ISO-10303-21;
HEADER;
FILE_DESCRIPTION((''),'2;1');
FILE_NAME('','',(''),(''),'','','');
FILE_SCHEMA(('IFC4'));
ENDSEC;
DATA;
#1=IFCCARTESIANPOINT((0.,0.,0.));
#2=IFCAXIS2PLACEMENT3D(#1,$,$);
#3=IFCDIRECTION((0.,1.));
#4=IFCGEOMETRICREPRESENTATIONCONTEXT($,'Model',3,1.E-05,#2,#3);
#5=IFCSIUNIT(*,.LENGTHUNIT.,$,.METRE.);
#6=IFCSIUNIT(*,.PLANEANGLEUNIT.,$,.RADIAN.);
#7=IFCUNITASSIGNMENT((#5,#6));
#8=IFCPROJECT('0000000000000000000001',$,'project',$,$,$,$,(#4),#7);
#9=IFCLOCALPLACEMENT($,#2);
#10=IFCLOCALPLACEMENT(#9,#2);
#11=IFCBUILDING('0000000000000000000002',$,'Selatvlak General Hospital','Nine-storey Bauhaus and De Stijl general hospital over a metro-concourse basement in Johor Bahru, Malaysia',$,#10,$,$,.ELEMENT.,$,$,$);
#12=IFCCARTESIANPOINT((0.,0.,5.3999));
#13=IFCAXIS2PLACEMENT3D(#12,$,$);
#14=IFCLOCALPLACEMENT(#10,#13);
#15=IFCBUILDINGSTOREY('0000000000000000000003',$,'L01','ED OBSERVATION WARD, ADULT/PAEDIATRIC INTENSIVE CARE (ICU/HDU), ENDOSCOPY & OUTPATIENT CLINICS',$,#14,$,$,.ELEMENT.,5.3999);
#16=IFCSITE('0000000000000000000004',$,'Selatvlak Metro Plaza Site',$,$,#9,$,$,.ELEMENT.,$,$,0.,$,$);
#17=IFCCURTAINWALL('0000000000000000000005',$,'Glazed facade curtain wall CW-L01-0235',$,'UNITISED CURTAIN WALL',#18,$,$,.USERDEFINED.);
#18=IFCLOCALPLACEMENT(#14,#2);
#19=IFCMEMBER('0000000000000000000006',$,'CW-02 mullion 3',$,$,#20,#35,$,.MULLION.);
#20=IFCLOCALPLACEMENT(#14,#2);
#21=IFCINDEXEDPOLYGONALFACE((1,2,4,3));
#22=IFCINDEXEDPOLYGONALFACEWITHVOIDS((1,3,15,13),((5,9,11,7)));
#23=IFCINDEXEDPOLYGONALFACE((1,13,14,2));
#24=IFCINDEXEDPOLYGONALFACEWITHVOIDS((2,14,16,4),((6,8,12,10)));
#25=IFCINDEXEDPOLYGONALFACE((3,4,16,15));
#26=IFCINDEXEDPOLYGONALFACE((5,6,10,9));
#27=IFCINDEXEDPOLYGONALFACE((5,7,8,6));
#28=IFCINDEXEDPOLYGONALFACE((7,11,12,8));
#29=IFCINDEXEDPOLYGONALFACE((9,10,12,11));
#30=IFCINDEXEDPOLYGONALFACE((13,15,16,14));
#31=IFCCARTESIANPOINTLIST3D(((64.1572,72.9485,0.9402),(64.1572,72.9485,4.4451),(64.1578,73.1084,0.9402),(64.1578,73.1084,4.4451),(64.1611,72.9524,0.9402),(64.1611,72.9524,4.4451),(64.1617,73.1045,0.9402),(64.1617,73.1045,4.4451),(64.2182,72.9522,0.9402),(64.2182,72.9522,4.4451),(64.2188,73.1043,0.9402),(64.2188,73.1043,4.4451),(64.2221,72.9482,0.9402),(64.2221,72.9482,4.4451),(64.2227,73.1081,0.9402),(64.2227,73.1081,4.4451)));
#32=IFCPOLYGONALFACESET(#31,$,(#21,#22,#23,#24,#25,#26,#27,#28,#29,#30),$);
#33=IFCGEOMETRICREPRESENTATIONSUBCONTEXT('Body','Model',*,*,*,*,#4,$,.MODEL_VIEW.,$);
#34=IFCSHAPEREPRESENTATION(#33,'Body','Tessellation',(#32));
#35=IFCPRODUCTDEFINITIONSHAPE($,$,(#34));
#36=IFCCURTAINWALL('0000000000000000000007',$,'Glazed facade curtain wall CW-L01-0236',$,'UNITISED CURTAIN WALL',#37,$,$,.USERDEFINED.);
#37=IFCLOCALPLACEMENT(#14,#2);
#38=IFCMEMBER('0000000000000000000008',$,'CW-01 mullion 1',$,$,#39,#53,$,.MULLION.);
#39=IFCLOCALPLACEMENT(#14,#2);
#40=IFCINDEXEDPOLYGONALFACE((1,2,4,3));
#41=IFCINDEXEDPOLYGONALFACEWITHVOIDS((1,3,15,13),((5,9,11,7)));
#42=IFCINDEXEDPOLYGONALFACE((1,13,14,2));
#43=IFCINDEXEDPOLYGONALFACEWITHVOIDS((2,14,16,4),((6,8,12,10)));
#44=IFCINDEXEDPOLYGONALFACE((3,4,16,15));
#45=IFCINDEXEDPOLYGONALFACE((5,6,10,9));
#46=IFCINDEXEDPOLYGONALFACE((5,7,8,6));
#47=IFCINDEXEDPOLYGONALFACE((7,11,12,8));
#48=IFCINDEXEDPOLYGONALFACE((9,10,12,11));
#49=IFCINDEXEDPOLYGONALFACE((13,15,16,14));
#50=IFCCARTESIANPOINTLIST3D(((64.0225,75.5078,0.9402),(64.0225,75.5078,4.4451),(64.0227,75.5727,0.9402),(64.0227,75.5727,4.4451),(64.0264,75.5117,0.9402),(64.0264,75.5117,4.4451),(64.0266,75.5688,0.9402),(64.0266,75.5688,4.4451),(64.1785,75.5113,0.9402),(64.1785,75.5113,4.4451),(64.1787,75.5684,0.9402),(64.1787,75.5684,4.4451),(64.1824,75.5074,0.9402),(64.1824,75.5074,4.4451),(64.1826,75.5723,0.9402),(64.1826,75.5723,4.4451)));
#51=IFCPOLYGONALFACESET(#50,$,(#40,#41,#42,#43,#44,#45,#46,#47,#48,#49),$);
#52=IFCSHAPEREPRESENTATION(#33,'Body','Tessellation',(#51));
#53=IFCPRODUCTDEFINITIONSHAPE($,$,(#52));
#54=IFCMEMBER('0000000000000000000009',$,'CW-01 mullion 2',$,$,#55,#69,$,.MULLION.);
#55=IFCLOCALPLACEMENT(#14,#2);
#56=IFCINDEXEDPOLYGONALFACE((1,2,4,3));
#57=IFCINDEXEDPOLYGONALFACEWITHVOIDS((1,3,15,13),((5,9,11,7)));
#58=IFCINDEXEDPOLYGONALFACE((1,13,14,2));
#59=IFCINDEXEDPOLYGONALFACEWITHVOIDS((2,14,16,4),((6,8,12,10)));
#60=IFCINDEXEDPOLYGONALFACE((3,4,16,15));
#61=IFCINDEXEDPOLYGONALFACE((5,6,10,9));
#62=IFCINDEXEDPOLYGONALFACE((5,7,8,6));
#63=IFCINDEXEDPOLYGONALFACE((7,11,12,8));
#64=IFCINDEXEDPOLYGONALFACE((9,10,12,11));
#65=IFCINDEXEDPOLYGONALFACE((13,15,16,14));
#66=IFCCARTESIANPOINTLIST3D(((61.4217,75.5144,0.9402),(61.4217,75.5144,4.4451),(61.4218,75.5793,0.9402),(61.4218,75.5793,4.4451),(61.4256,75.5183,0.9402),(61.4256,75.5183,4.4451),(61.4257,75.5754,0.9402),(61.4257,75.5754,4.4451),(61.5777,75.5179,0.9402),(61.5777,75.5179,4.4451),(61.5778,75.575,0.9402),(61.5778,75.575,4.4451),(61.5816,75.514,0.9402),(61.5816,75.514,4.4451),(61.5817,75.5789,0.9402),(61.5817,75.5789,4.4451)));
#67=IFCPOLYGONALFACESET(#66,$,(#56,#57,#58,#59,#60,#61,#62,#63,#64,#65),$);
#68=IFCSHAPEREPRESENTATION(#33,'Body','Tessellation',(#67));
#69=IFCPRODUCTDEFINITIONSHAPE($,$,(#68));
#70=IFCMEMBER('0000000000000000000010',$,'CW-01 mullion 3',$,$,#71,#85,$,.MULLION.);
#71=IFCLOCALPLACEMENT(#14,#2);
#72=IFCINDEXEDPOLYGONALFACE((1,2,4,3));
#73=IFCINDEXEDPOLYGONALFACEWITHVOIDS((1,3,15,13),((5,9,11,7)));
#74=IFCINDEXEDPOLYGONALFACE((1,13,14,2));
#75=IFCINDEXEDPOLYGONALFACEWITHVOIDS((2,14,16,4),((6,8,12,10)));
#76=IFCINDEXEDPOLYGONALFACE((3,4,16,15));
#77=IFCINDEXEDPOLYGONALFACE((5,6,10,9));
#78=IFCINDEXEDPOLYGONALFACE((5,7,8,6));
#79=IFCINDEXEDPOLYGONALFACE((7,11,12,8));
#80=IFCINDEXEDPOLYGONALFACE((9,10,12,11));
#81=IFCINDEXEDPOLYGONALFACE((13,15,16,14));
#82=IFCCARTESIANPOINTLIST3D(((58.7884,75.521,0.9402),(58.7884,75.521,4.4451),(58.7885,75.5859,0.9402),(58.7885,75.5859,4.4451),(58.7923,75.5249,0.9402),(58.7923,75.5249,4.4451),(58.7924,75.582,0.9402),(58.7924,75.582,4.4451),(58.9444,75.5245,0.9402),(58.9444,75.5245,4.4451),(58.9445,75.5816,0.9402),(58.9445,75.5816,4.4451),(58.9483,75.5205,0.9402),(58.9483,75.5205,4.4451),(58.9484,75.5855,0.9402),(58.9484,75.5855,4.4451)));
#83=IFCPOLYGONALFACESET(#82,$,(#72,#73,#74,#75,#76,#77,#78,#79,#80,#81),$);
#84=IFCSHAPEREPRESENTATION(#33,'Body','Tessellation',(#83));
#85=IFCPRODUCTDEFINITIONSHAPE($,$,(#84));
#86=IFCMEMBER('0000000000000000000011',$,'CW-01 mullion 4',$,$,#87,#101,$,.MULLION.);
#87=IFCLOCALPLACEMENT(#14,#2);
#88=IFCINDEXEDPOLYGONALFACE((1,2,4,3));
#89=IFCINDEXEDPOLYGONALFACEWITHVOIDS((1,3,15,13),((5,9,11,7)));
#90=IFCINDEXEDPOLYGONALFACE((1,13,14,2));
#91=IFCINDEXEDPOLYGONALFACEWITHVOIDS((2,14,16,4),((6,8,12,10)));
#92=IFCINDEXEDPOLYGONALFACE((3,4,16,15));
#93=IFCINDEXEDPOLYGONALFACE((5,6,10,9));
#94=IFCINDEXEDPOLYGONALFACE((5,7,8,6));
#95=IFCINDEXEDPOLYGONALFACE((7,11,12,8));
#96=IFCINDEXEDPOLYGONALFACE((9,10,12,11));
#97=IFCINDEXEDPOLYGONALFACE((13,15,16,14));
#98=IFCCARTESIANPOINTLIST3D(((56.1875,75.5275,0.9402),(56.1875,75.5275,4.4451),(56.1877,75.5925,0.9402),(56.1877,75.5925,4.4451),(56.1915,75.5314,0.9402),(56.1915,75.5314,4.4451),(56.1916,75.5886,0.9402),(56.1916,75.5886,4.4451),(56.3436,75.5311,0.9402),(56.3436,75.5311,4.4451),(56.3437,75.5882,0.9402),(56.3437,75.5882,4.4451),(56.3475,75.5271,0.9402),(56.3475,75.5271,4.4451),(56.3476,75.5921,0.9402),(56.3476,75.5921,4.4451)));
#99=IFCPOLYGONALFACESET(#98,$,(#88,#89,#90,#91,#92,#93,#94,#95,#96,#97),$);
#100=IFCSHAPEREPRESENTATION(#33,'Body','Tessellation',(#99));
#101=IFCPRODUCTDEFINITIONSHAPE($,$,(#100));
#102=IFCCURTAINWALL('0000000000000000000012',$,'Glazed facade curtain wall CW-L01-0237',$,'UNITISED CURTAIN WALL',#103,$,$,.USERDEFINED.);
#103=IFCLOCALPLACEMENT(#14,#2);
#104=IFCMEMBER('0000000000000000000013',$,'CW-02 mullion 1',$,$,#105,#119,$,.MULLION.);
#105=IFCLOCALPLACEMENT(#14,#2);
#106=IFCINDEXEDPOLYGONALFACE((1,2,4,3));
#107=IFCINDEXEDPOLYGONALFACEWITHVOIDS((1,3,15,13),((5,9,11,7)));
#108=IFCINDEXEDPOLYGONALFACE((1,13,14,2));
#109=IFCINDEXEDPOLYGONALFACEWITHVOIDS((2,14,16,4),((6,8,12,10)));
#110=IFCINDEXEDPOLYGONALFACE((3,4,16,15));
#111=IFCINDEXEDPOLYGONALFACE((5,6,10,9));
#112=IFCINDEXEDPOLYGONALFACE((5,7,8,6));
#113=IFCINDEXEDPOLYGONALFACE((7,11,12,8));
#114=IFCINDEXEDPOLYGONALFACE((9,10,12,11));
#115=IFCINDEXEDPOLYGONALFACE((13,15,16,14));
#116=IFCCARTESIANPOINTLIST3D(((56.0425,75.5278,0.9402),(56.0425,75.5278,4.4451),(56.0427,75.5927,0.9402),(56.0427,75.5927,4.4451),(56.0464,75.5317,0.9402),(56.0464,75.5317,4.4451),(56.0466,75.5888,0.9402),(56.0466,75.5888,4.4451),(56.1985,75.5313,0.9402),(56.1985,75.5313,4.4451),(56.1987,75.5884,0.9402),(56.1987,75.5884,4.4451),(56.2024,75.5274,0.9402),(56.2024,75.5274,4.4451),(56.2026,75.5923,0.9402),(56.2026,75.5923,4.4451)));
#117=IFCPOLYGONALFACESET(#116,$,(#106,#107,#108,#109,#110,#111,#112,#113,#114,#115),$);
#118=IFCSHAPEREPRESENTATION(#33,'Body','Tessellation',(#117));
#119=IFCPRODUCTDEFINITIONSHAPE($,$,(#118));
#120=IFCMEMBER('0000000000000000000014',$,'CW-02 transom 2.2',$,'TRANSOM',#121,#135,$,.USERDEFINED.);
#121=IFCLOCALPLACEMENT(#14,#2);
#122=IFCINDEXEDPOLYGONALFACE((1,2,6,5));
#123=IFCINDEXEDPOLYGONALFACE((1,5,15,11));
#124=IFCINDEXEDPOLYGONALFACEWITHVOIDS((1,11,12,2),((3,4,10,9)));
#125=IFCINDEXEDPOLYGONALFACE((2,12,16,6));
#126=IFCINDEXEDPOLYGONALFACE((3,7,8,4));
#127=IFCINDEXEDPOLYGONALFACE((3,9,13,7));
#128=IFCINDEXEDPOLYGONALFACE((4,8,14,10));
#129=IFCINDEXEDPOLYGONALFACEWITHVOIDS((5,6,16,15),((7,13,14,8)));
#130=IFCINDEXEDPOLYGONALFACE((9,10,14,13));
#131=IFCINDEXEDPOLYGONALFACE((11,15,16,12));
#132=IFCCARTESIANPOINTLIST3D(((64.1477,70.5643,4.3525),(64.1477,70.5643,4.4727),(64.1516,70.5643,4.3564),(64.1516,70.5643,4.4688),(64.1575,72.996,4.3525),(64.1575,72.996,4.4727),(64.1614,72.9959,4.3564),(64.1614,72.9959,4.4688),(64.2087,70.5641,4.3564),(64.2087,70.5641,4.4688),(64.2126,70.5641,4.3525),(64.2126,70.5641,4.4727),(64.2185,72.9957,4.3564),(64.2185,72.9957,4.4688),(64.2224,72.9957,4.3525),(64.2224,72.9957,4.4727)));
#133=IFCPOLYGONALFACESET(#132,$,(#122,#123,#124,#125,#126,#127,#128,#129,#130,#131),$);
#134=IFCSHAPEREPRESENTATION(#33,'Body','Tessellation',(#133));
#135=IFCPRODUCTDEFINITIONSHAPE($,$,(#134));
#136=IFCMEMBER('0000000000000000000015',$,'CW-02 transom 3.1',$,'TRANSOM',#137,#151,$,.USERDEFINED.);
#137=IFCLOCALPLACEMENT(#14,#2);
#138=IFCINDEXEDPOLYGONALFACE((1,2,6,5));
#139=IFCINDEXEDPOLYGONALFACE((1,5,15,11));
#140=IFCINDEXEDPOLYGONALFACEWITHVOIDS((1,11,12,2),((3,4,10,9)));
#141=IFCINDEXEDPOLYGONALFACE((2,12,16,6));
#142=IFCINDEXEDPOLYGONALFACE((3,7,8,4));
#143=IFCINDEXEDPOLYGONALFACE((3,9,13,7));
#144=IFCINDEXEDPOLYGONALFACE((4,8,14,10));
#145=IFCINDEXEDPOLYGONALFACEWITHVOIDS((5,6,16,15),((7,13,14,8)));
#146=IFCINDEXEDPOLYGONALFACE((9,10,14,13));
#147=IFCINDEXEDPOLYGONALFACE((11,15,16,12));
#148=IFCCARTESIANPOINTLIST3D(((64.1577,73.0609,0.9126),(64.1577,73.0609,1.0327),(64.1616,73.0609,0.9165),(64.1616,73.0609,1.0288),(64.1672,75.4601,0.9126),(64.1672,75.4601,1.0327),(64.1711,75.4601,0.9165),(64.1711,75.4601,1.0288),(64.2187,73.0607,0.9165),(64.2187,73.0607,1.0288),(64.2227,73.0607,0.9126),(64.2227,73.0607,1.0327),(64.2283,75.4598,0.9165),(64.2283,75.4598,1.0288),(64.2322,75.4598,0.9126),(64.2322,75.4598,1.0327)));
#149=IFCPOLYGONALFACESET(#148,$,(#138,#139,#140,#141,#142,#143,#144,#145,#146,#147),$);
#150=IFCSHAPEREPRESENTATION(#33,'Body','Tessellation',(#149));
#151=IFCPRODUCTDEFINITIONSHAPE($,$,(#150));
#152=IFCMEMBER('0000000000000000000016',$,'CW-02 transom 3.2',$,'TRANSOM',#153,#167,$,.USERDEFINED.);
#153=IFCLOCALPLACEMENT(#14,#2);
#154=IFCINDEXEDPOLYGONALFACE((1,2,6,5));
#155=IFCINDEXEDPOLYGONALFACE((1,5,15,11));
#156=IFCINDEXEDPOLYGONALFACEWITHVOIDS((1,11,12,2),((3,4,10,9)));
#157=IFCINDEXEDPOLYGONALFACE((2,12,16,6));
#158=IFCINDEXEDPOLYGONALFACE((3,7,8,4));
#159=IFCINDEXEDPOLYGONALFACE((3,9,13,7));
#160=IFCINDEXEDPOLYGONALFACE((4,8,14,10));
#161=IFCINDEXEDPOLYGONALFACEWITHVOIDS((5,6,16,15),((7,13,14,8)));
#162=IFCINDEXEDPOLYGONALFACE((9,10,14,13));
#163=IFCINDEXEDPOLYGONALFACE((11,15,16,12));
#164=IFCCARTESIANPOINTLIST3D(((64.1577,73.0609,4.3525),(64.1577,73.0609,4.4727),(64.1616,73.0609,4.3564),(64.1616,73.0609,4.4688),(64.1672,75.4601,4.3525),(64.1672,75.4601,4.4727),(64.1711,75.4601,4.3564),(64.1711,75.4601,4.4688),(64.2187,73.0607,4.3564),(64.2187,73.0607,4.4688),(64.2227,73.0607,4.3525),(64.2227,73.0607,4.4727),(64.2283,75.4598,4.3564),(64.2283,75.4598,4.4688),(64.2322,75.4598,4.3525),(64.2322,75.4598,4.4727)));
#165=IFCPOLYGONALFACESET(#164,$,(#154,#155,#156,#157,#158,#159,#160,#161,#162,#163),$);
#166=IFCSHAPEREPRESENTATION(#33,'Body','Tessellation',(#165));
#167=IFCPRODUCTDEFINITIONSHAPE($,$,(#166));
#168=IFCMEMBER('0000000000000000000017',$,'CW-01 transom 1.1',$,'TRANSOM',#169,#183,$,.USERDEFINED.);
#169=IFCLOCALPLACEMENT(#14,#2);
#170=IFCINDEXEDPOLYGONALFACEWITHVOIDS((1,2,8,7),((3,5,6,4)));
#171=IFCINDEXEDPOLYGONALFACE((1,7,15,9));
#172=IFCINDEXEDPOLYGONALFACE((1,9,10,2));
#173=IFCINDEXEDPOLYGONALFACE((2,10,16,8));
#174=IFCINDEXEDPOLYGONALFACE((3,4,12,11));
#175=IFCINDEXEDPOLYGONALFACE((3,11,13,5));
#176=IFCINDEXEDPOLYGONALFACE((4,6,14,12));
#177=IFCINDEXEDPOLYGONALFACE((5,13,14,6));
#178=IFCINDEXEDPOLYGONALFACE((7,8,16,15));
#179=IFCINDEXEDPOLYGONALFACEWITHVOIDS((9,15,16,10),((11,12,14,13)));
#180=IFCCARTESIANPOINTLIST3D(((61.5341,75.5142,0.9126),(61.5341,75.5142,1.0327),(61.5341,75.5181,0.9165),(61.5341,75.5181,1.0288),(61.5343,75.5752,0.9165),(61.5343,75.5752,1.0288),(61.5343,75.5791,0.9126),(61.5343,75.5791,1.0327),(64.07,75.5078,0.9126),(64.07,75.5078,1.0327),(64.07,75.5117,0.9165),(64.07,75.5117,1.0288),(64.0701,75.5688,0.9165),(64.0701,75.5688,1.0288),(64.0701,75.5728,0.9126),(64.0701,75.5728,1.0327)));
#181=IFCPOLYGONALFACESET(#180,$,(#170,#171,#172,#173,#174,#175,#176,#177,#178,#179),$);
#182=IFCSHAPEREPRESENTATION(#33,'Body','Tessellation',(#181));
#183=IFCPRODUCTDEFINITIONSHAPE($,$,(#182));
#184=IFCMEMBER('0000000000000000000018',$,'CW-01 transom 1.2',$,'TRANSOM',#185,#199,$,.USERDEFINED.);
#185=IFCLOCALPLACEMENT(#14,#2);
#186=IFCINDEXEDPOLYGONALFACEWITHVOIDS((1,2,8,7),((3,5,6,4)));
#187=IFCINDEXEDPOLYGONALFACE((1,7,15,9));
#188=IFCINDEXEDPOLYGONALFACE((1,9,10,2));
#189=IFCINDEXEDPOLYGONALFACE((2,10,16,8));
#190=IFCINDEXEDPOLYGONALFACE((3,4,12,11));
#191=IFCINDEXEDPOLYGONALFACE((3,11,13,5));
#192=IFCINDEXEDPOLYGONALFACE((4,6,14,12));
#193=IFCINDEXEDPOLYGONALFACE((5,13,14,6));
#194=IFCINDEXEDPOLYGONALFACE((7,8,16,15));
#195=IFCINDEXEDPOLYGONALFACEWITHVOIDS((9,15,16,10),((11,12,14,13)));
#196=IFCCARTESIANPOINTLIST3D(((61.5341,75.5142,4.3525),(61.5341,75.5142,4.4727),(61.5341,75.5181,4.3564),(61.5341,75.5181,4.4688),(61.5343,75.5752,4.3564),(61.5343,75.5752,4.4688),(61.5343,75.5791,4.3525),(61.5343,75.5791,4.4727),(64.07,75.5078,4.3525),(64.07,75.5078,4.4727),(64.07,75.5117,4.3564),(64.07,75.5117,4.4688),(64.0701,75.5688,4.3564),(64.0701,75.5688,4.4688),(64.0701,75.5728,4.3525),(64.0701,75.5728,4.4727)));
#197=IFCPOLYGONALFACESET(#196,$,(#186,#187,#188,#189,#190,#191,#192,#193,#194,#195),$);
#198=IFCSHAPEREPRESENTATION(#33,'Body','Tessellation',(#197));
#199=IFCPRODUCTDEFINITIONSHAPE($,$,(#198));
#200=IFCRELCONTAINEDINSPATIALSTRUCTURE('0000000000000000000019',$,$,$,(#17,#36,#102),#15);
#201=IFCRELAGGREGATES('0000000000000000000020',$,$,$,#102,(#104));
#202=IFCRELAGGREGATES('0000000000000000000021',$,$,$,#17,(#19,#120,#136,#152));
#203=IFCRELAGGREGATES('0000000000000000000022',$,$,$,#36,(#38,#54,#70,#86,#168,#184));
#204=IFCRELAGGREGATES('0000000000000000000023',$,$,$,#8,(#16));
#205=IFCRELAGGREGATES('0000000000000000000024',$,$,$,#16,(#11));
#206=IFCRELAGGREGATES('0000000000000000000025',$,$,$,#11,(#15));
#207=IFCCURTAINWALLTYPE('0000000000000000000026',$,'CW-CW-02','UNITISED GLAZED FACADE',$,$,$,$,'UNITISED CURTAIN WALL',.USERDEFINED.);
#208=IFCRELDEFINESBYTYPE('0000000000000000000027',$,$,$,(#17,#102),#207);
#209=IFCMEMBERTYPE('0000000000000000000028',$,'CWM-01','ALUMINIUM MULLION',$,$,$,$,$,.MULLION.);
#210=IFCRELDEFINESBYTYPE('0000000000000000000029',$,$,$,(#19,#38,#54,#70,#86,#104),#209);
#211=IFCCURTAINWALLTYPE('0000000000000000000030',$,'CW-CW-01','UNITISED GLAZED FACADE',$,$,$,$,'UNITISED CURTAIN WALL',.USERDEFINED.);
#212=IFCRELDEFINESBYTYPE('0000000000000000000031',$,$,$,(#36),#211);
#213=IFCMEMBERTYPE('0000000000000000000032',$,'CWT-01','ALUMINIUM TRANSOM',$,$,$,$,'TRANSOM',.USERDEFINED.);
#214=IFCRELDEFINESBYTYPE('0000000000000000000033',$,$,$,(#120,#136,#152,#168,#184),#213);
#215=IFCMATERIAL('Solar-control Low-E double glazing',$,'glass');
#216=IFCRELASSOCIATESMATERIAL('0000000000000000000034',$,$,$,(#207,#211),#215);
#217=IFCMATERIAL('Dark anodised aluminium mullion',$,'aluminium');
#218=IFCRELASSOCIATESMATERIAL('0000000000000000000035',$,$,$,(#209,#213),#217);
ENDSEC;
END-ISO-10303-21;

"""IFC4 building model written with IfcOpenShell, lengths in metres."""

from ifc_helpers import new_model, si_unit, direction, frame, origin, origin_2d, place, context, subcontext, project, spatial, hollow_rectangle, extrude, material, material_profile, profile_set, type_object, element, aggregate, save


model = new_model("IFC4")

# Units and contexts
model_context = context("Model", 3, precision=1e-05, world=origin(), true_north=direction((0.0, 1.0)))
body_context = subcontext(model_context, "Body", "Model", "MODEL_VIEW")
ifc_project = project(units=[si_unit("LENGTHUNIT", "METRE"), si_unit("PLANEANGLEUNIT", "RADIAN")], contexts=[model_context])

# Site, building, storey
site_placement = place(None, origin())
site = spatial("IfcSite", under=ifc_project, at=site_placement, Name="Selatvlak Metro Plaza Site", CompositionType="ELEMENT", RefElevation=0.0)
building_placement = place(site_placement, origin())
building = spatial("IfcBuilding", under=site, at=building_placement, Name="Selatvlak General Hospital", Description="Nine-storey Bauhaus and De Stijl general hospital over a metro-concourse basement in Johor Bahru, Malaysia", CompositionType="ELEMENT")
storey_placement = place(building_placement, frame((0.0, 0.0, 5.3999)))
storey = spatial("IfcBuildingStorey", under=building, at=storey_placement, Name="L01", Description="ED OBSERVATION WARD, ADULT/PAEDIATRIC INTENSIVE CARE (ICU/HDU), ENDOSCOPY & OUTPATIENT CLINICS", CompositionType="ELEMENT", Elevation=5.3999)

# Curtain wall, member
ifc_material_1 = material(Name="Solar-control Low-E double glazing", Category="glass")
curtain_wall_type_1 = type_object("IfcCurtainWallType", Name="CW-CW-02", Description="UNITISED GLAZED FACADE", ElementType="UNITISED CURTAIN WALL", PredefinedType="USERDEFINED", material=ifc_material_1)
curtain_wall_1_placement = place(storey_placement, origin())
curtain_wall_1 = element("IfcCurtainWall", 1, at=curtain_wall_1_placement, inside=storey, type_object=curtain_wall_type_1, Name="Glazed facade curtain wall CW-L01-0235", ObjectType="UNITISED CURTAIN WALL", PredefinedType="USERDEFINED")
ifc_material_2 = material(Name="Dark anodised aluminium mullion", Category="aluminium")
ifc_material_profile_1 = material_profile(ifc_material_2, hollow_rectangle(XDim=0.0649, YDim=0.1599, WallThickness=0.0039, at=origin_2d()), Name="AL-MUL 65x160x4")
ifc_profile_set_1 = profile_set([ifc_material_profile_1], Name="Dark anodised aluminium mullion")
member_type_1 = type_object("IfcMemberType", Name="CWM-01", Description="ALUMINIUM MULLION", PredefinedType="MULLION", material=ifc_profile_set_1)
member_1_placement = place(storey_placement, frame((64.1899, 73.0283, 0.9402), z_axis=(0.0, 0.0, 1.0), x_axis=(-0.999992, 0.004005, 0.0)))
member_1 = element("IfcMember", 2, at=member_1_placement, type_object=member_type_1, Name="CW-02 mullion 3", PredefinedType="MULLION", context=body_context, shape_type="SweptSolid", body=[
    extrude(hollow_rectangle(XDim=0.0649, YDim=0.1599, WallThickness=0.0039, at=origin_2d()), origin(), (0.0, 0.0, 1.0), 3.5049),
])

# Curtain wall, members
curtain_wall_type_2 = type_object("IfcCurtainWallType", Name="CW-CW-01", Description="UNITISED GLAZED FACADE", ElementType="UNITISED CURTAIN WALL", PredefinedType="USERDEFINED", material=ifc_material_1)
curtain_wall_2_placement = place(storey_placement, origin())
curtain_wall_2 = element("IfcCurtainWall", 3, at=curtain_wall_2_placement, inside=storey, type_object=curtain_wall_type_2, Name="Glazed facade curtain wall CW-L01-0236", ObjectType="UNITISED CURTAIN WALL", PredefinedType="USERDEFINED")
member_2_placement = place(storey_placement, frame((64.1025, 75.54, 0.9402), z_axis=(0.0, 0.0, 1.0), x_axis=(-0.002532, -0.999997, 0.0)))
member_2 = element("IfcMember", 4, at=member_2_placement, type_object=member_type_1, Name="CW-01 mullion 1", PredefinedType="MULLION", context=body_context, shape_type="SweptSolid", body=[
    extrude(hollow_rectangle(XDim=0.0649, YDim=0.1599, WallThickness=0.0039, at=origin_2d()), origin(), (0.0, 0.0, 1.0), 3.5049),
])
member_3_placement = place(storey_placement, frame((61.5017, 75.5466, 0.9402), z_axis=(0.0, 0.0, 1.0), x_axis=(-0.002532, -0.999997, 0.0)))
member_3 = element("IfcMember", 5, at=member_3_placement, type_object=member_type_1, Name="CW-01 mullion 2", PredefinedType="MULLION", context=body_context, shape_type="SweptSolid", body=[
    extrude(hollow_rectangle(XDim=0.0649, YDim=0.1599, WallThickness=0.0039, at=origin_2d()), origin(), (0.0, 0.0, 1.0), 3.5049),
])
member_4_placement = place(storey_placement, frame((58.8684, 75.5532, 0.9402), z_axis=(0.0, 0.0, 1.0), x_axis=(-0.002532, -0.999997, 0.0)))
member_4 = element("IfcMember", 6, at=member_4_placement, type_object=member_type_1, Name="CW-01 mullion 3", PredefinedType="MULLION", context=body_context, shape_type="SweptSolid", body=[
    extrude(hollow_rectangle(XDim=0.0649, YDim=0.1599, WallThickness=0.0039, at=origin_2d()), origin(), (0.0, 0.0, 1.0), 3.5049),
])
member_5_placement = place(storey_placement, frame((56.2676, 75.5598, 0.9402), z_axis=(0.0, 0.0, 1.0), x_axis=(-0.002532, -0.999997, 0.0)))
member_5 = element("IfcMember", 7, at=member_5_placement, type_object=member_type_1, Name="CW-01 mullion 4", PredefinedType="MULLION", context=body_context, shape_type="SweptSolid", body=[
    extrude(hollow_rectangle(XDim=0.0649, YDim=0.1599, WallThickness=0.0039, at=origin_2d()), origin(), (0.0, 0.0, 1.0), 3.5049),
])

# Curtain wall, member
curtain_wall_3_placement = place(storey_placement, origin())
curtain_wall_3 = element("IfcCurtainWall", 8, at=curtain_wall_3_placement, inside=storey, type_object=curtain_wall_type_1, Name="Glazed facade curtain wall CW-L01-0237", ObjectType="UNITISED CURTAIN WALL", PredefinedType="USERDEFINED")
member_6_placement = place(storey_placement, frame((56.1226, 75.5601, 0.9402), z_axis=(0.0, 0.0, 1.0), x_axis=(-0.002532, -0.999997, 0.0)))
member_6 = element("IfcMember", 9, at=member_6_placement, type_object=member_type_1, Name="CW-02 mullion 1", PredefinedType="MULLION", context=body_context, shape_type="SweptSolid", body=[
    extrude(hollow_rectangle(XDim=0.0649, YDim=0.1599, WallThickness=0.0039, at=origin_2d()), origin(), (0.0, 0.0, 1.0), 3.5049),
])

# Members
ifc_material_profile_2 = material_profile(ifc_material_2, hollow_rectangle(XDim=0.0649, YDim=0.1201, WallThickness=0.0039, at=origin_2d()), Name="AL-TRN 65x120x4")
ifc_profile_set_2 = profile_set([ifc_material_profile_2], Name="Dark anodised aluminium mullion")
member_type_2 = type_object("IfcMemberType", Name="CWT-01", Description="ALUMINIUM TRANSOM", ElementType="TRANSOM", PredefinedType="USERDEFINED", material=ifc_profile_set_2)
member_7_placement = place(storey_placement, frame((64.1802, 70.5642, 4.4126), z_axis=(0.004016, 0.999992, 0.0), x_axis=(-0.999992, 0.004016, 0.0)))
member_7 = element("IfcMember", 10, at=member_7_placement, type_object=member_type_2, Name="CW-02 transom 2.2", ObjectType="TRANSOM", PredefinedType="USERDEFINED", context=body_context, shape_type="SweptSolid", body=[
    extrude(hollow_rectangle(XDim=0.0649, YDim=0.1201, WallThickness=0.0039, at=origin_2d()), origin(), (0.0, 0.0, 1.0), 2.4316),
])
member_8_placement = place(storey_placement, frame((64.1902, 73.0608, 0.9727), z_axis=(0.003969, 0.999992, 0.0), x_axis=(-0.999992, 0.003969, 0.0)))
member_8 = element("IfcMember", 11, at=member_8_placement, type_object=member_type_2, Name="CW-02 transom 3.1", ObjectType="TRANSOM", PredefinedType="USERDEFINED", context=body_context, shape_type="SweptSolid", body=[
    extrude(hollow_rectangle(XDim=0.0649, YDim=0.1201, WallThickness=0.0039, at=origin_2d()), origin(), (0.0, 0.0, 1.0), 2.3992),
])
member_9_placement = place(storey_placement, frame((64.1902, 73.0608, 4.4126), z_axis=(0.003969, 0.999992, 0.0), x_axis=(-0.999992, 0.003969, 0.0)))
member_9 = element("IfcMember", 12, at=member_9_placement, type_object=member_type_2, Name="CW-02 transom 3.2", ObjectType="TRANSOM", PredefinedType="USERDEFINED", context=body_context, shape_type="SweptSolid", body=[
    extrude(hollow_rectangle(XDim=0.0649, YDim=0.1201, WallThickness=0.0039, at=origin_2d()), origin(), (0.0, 0.0, 1.0), 2.3992),
])
member_10_placement = place(storey_placement, frame((64.0701, 75.5403, 0.9727), z_axis=(-0.999997, 0.002503, 0.0), x_axis=(-0.002503, -0.999997, 0.0)))
member_10 = element("IfcMember", 13, at=member_10_placement, type_object=member_type_2, Name="CW-01 transom 1.1", ObjectType="TRANSOM", PredefinedType="USERDEFINED", context=body_context, shape_type="SweptSolid", body=[
    extrude(hollow_rectangle(XDim=0.0649, YDim=0.1201, WallThickness=0.0039, at=origin_2d()), origin(), (0.0, 0.0, 1.0), 2.5359),
])
member_11_placement = place(storey_placement, frame((64.0701, 75.5403, 4.4126), z_axis=(-0.999997, 0.002503, 0.0), x_axis=(-0.002503, -0.999997, 0.0)))
member_11 = element("IfcMember", 14, at=member_11_placement, type_object=member_type_2, Name="CW-01 transom 1.2", ObjectType="TRANSOM", PredefinedType="USERDEFINED", context=body_context, shape_type="SweptSolid", body=[
    extrude(hollow_rectangle(XDim=0.0649, YDim=0.1201, WallThickness=0.0039, at=origin_2d()), origin(), (0.0, 0.0, 1.0), 2.5359),
])
aggregate(curtain_wall_3, [member_6])

aggregate(curtain_wall_1, [member_1, member_7, member_8, member_9])
aggregate(curtain_wall_2, [member_2, member_3, member_4, member_5, member_10, member_11])

save(model, "model.ifc")
